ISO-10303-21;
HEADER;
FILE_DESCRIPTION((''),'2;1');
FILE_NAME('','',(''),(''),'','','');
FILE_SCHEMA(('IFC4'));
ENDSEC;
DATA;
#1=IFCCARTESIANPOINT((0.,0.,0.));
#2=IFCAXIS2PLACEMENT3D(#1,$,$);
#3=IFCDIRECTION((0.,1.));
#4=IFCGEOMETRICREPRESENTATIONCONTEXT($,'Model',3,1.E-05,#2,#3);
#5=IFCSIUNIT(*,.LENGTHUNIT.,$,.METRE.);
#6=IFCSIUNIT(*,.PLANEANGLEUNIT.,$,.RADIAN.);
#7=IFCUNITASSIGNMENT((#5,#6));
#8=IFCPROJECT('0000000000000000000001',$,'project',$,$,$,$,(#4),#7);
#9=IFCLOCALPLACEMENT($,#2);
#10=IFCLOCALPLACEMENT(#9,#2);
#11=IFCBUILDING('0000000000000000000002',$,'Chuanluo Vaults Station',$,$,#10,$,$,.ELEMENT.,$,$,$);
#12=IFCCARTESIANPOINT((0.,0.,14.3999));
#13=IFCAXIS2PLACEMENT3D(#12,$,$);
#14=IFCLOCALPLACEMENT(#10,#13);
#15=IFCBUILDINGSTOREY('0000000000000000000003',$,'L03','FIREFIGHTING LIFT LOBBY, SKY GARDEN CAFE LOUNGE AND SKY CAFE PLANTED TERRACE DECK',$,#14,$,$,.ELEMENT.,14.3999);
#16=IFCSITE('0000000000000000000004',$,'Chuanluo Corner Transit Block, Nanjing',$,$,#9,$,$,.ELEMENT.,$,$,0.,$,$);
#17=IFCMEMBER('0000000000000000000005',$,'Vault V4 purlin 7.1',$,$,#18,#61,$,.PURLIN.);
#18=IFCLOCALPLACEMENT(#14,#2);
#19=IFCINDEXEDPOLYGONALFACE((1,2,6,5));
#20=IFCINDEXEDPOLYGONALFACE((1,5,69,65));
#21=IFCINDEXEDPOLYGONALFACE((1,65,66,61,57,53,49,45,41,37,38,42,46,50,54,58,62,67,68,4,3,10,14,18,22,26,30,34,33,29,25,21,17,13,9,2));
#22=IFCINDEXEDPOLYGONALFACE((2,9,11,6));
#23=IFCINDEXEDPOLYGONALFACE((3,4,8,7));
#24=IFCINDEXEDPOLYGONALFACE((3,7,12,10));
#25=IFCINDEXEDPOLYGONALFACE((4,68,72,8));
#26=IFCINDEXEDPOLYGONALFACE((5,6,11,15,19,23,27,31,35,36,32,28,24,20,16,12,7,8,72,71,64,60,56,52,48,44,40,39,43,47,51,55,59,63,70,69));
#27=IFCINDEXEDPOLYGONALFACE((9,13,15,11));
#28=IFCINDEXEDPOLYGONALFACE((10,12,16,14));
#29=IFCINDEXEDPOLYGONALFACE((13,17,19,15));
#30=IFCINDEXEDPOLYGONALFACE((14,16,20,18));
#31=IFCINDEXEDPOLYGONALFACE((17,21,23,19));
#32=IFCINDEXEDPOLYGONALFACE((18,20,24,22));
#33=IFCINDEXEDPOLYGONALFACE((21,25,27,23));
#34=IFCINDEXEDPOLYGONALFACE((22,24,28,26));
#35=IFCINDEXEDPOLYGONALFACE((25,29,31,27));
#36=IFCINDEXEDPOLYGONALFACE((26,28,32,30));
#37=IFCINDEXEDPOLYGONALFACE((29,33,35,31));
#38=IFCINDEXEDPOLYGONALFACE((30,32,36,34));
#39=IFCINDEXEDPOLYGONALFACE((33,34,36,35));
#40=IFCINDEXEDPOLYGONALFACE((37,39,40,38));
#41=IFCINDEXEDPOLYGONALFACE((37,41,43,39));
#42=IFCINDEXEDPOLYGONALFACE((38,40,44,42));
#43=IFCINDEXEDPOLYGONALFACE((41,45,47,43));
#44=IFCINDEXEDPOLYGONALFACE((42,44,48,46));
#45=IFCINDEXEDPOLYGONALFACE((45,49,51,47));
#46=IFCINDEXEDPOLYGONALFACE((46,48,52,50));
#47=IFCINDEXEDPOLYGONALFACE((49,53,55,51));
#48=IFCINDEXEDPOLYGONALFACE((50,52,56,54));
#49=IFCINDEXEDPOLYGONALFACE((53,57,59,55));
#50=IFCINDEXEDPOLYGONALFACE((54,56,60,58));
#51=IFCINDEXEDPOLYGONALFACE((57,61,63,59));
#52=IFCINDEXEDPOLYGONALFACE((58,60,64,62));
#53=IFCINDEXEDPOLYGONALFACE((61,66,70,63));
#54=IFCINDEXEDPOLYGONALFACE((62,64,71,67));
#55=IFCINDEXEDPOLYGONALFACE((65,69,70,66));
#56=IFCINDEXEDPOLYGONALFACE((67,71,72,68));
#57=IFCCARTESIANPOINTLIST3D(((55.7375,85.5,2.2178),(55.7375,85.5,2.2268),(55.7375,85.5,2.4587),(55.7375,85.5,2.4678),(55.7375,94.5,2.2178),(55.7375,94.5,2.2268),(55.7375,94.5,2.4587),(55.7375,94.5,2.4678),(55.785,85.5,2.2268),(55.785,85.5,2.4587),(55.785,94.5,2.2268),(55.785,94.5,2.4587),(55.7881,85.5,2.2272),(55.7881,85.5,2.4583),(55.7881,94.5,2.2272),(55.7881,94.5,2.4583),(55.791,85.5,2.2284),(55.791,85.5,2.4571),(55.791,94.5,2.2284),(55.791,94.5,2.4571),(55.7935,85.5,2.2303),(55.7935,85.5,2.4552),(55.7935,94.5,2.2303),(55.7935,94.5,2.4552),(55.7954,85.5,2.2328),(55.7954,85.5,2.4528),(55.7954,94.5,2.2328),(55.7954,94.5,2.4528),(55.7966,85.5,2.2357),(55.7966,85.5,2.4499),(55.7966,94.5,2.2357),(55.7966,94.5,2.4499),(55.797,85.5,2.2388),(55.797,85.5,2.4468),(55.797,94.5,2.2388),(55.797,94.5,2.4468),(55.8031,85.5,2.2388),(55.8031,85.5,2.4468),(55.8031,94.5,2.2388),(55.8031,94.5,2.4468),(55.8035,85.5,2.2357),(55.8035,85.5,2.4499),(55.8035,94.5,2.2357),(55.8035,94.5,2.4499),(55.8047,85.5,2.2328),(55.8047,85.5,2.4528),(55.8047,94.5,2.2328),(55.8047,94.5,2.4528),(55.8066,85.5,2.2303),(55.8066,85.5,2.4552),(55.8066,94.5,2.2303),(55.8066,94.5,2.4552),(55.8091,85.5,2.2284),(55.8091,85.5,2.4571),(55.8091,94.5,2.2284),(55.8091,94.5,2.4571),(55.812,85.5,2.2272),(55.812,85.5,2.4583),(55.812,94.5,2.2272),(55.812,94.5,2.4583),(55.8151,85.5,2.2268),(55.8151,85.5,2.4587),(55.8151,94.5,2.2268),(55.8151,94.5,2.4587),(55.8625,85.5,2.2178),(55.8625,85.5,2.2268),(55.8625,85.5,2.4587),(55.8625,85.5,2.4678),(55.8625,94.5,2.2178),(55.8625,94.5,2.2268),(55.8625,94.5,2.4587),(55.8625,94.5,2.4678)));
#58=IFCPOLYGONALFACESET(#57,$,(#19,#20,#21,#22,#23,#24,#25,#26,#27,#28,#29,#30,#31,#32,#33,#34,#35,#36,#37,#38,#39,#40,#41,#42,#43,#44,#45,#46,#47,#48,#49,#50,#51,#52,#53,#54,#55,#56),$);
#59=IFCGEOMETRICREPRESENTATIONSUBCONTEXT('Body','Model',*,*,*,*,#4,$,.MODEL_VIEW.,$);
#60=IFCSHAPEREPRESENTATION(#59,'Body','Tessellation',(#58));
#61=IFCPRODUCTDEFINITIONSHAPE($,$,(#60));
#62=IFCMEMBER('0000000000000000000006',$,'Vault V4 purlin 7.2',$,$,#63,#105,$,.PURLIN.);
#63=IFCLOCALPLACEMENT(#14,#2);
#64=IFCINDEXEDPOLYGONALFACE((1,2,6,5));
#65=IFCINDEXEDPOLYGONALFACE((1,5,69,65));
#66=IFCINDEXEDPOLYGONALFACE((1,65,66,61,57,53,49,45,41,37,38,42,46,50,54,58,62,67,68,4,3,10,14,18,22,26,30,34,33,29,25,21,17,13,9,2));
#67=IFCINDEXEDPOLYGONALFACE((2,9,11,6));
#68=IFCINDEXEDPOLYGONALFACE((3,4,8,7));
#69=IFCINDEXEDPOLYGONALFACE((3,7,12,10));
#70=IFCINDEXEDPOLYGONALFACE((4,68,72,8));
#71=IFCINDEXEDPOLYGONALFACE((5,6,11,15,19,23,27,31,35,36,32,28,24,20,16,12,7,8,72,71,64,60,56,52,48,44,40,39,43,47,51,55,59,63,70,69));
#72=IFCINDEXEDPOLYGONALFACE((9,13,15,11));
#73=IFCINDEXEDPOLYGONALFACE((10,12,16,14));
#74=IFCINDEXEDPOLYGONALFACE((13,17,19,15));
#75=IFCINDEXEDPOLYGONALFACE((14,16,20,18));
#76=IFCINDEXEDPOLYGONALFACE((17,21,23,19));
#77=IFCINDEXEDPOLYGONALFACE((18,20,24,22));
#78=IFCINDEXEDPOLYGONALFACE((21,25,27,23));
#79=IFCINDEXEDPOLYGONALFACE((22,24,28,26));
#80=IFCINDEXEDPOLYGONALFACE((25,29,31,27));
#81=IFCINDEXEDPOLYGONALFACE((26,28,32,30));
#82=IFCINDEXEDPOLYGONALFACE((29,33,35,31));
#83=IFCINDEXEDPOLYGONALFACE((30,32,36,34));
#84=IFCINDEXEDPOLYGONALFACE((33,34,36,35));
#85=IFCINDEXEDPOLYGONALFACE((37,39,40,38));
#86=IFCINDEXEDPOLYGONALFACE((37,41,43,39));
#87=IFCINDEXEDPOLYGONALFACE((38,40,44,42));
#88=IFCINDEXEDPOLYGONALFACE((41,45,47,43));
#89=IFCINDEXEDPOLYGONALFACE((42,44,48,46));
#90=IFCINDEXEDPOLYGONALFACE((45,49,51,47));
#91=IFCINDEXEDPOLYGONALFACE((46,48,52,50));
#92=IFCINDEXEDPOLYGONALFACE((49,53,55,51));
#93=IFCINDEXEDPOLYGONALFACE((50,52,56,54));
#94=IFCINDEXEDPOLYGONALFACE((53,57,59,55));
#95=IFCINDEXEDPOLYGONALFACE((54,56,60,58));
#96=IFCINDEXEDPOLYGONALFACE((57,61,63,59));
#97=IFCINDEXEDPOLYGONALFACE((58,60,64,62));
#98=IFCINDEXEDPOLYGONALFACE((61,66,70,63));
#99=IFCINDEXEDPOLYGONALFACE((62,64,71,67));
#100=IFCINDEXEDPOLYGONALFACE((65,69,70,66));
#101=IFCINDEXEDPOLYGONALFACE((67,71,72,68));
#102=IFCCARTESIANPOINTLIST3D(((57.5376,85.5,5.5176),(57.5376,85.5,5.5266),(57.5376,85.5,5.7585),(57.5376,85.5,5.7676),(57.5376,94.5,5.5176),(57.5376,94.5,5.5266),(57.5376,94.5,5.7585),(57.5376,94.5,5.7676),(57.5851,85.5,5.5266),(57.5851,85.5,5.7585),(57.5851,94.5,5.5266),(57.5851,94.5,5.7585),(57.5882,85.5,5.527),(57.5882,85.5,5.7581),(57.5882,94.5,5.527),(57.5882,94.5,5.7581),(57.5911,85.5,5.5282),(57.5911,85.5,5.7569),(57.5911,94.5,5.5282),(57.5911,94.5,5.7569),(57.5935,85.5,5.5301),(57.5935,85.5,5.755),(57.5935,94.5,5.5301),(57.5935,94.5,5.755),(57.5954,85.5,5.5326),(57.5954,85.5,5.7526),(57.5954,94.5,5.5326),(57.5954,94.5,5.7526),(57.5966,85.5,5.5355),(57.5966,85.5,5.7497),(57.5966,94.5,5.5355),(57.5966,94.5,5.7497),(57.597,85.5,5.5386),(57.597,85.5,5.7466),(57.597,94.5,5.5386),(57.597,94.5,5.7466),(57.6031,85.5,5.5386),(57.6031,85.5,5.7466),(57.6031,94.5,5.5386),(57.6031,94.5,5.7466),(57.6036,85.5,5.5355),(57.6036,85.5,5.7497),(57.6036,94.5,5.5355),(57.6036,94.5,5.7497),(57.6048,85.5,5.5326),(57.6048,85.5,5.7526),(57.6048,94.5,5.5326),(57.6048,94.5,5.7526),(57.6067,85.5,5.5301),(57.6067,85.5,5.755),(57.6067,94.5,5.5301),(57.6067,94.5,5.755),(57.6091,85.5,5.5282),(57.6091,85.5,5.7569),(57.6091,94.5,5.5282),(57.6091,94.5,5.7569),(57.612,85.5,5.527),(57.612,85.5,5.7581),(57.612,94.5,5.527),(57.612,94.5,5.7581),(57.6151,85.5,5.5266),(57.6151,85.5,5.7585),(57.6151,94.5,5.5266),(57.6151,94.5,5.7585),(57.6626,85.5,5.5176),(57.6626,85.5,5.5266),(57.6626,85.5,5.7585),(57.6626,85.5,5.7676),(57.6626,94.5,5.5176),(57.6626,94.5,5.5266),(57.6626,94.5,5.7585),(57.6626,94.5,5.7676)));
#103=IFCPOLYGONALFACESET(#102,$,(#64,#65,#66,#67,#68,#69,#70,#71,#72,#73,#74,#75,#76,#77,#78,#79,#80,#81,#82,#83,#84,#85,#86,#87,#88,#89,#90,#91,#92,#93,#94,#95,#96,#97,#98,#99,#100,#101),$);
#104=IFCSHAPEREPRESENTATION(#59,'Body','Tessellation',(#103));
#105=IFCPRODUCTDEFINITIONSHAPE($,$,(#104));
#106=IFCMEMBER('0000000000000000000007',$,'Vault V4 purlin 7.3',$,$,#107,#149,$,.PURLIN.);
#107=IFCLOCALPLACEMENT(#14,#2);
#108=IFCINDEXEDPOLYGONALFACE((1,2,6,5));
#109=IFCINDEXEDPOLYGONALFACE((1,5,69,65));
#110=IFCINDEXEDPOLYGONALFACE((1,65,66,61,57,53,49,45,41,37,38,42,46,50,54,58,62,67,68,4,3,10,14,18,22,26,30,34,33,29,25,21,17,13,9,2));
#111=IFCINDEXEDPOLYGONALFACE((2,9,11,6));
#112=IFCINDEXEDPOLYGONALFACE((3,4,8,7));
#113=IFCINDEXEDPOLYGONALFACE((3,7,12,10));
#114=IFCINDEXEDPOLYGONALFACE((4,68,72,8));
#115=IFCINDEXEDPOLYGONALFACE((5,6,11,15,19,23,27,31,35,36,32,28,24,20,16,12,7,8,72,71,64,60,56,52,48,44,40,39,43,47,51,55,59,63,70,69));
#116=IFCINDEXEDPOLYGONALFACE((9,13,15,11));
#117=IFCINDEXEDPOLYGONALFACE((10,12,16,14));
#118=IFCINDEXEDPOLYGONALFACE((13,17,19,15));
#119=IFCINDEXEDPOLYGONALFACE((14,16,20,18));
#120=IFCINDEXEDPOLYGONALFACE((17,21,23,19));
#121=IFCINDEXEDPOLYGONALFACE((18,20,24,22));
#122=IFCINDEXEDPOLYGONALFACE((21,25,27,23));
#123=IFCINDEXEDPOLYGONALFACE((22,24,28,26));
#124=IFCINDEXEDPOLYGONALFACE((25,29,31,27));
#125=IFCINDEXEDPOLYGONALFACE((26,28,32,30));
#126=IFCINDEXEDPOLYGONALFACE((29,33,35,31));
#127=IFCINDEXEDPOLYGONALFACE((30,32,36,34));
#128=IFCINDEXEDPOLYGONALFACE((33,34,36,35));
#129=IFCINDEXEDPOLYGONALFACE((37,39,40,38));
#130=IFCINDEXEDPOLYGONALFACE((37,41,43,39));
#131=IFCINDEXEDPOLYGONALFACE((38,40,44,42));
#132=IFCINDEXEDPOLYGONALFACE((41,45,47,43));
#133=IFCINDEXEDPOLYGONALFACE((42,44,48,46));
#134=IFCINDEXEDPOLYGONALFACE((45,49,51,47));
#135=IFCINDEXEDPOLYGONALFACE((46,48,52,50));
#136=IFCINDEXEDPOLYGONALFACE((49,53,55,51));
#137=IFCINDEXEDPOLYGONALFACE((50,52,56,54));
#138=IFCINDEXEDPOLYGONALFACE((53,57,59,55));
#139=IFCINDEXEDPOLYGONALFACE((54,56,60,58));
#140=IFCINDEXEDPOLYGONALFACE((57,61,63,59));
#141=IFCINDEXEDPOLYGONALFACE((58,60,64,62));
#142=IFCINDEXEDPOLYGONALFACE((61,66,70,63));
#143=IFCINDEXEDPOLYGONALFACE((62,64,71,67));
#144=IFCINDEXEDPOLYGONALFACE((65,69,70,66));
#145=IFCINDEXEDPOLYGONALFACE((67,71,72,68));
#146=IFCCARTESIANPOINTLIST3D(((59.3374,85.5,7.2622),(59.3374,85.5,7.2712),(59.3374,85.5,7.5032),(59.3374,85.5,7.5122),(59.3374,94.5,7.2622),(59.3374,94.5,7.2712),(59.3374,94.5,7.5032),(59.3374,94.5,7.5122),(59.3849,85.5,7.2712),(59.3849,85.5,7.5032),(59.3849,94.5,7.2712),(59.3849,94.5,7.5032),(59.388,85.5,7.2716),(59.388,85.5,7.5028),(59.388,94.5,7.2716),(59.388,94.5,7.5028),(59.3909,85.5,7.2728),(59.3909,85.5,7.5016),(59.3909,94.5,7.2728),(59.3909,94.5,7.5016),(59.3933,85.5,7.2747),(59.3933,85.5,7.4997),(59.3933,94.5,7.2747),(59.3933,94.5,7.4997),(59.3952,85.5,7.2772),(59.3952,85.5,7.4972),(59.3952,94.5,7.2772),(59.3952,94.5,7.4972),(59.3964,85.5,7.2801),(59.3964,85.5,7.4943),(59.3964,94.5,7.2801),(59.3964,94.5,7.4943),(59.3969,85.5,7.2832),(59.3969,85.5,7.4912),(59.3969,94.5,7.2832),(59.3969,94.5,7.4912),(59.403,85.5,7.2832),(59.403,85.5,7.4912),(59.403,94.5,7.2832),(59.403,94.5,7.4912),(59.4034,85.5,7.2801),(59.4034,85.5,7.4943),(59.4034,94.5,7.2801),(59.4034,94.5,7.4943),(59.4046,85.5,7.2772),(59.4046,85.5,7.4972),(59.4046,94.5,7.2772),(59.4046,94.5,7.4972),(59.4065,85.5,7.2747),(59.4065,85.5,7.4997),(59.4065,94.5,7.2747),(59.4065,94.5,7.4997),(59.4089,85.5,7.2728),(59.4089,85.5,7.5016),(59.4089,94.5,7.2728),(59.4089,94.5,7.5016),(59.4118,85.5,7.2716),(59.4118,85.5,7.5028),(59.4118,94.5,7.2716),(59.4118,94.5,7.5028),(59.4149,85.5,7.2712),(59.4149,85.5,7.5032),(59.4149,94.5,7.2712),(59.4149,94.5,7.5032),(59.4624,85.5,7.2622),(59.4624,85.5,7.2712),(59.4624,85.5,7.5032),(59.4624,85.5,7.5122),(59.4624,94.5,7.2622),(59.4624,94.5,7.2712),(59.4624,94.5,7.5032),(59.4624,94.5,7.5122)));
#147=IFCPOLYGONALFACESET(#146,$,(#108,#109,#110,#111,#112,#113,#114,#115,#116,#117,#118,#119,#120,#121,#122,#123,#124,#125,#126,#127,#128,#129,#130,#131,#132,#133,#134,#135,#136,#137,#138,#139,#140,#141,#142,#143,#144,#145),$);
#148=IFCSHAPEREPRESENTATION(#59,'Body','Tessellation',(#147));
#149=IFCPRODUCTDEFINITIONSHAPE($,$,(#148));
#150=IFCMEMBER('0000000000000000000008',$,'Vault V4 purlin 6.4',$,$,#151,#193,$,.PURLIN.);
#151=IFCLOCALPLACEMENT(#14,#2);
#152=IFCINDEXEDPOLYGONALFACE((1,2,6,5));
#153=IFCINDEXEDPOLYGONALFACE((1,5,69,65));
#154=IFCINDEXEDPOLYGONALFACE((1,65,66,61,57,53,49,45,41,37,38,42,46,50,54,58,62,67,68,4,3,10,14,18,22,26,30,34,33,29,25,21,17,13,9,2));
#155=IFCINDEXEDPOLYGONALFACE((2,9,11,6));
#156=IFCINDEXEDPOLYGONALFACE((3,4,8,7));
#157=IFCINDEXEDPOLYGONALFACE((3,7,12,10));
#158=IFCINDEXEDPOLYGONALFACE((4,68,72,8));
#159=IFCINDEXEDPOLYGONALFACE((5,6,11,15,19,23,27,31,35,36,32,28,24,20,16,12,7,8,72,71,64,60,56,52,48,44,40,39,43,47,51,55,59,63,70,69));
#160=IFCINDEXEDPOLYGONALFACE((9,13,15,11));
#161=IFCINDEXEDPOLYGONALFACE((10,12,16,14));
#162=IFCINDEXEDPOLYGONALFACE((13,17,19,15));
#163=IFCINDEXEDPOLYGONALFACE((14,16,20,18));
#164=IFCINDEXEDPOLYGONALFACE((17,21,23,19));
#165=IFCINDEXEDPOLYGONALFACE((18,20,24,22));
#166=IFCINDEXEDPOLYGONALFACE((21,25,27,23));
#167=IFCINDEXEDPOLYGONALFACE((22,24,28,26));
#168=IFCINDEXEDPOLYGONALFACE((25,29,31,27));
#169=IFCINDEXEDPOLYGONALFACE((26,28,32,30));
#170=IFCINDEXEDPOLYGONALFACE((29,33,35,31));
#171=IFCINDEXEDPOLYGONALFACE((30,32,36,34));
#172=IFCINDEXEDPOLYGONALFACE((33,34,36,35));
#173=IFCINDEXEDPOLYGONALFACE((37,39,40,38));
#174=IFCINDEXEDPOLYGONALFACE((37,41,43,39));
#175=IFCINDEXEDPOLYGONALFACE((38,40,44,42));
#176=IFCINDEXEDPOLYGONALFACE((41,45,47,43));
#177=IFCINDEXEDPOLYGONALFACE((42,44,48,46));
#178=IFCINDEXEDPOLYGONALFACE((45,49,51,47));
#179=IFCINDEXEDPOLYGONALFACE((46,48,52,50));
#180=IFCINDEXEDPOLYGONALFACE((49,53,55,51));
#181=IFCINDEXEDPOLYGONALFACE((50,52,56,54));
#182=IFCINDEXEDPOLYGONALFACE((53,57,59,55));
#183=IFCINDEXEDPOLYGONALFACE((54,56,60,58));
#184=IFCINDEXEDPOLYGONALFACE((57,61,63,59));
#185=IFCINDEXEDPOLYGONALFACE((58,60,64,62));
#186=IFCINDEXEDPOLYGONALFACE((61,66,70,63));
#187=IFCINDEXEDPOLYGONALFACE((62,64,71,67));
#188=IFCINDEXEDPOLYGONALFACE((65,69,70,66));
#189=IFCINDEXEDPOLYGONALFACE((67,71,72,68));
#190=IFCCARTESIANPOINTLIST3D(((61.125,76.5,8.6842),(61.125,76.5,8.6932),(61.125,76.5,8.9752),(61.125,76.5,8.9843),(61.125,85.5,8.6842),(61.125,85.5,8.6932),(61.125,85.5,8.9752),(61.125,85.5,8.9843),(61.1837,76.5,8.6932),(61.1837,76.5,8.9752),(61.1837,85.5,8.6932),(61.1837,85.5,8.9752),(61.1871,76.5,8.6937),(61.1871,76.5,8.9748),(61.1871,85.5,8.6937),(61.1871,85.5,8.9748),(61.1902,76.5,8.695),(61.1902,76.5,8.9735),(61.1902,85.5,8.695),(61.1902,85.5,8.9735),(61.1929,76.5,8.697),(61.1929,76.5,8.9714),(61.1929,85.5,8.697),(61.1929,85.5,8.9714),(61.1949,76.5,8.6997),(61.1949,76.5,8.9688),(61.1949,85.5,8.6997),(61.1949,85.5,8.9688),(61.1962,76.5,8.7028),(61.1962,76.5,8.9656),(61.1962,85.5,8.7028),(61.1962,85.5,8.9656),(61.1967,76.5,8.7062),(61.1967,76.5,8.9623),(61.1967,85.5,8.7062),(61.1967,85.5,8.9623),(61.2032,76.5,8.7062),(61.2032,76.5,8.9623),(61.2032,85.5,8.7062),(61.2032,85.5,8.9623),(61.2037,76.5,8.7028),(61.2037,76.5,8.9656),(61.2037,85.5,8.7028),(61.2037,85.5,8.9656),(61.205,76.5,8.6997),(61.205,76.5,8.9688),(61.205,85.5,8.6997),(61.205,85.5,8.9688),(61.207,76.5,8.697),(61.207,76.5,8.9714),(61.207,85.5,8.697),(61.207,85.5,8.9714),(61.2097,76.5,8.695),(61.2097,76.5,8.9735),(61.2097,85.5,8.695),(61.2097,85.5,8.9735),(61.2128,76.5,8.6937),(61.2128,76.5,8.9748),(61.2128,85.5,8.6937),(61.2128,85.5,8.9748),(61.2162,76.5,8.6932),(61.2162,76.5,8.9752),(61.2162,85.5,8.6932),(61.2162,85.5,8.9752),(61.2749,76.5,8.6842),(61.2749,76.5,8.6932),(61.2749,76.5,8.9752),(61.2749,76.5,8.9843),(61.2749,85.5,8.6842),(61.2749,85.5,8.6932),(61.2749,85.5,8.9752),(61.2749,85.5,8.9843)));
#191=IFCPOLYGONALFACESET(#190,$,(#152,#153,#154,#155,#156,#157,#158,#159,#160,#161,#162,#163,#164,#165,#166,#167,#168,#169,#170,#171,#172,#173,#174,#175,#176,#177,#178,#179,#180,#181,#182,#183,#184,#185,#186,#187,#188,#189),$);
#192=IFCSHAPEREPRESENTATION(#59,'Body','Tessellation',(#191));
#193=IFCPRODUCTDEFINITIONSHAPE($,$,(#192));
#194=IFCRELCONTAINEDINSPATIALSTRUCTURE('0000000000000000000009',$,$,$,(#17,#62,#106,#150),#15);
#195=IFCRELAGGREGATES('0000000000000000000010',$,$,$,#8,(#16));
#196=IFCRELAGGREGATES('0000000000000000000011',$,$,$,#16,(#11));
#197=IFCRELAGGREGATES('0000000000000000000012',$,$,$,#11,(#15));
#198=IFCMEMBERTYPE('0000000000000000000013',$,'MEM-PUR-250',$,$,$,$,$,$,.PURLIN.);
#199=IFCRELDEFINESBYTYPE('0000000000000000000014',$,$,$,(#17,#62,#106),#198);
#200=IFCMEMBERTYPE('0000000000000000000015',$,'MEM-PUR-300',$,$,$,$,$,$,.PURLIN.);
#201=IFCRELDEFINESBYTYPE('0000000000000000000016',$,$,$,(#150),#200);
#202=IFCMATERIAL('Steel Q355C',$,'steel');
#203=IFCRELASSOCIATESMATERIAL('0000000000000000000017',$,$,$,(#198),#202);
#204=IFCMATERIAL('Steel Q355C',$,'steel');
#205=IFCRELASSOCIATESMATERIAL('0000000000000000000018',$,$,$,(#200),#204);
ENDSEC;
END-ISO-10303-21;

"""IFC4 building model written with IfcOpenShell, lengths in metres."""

from ifc_helpers import new_model, si_unit, direction, frame, origin, origin_2d, place, context, subcontext, project, spatial, i_section, extrude, material, material_profile, profile_set, type_object, element, save


model = new_model("IFC4")

# Units and contexts
model_context = context("Model", 3, precision=1e-05, world=origin(), true_north=direction((0.0, 1.0)))
body_context = subcontext(model_context, "Body", "Model", "MODEL_VIEW")
ifc_project = project(units=[si_unit("LENGTHUNIT", "METRE"), si_unit("PLANEANGLEUNIT", "RADIAN")], contexts=[model_context])

# Site, building, storey
site_placement = place(None, origin())
site = spatial("IfcSite", under=ifc_project, at=site_placement, Name="Chuanluo Corner Transit Block, Nanjing", CompositionType="ELEMENT", RefElevation=0.0)
building_placement = place(site_placement, origin())
building = spatial("IfcBuilding", under=site, at=building_placement, Name="Chuanluo Vaults Station", CompositionType="ELEMENT")
storey_placement = place(building_placement, frame((0.0, 0.0, 14.3999)))
storey = spatial("IfcBuildingStorey", under=building, at=storey_placement, Name="L03", Description="FIREFIGHTING LIFT LOBBY, SKY GARDEN CAFE LOUNGE AND SKY CAFE PLANTED TERRACE DECK", CompositionType="ELEMENT", Elevation=14.3999)

# Members
ifc_material_1 = material(Name="Steel Q355C", Category="steel")
ifc_material_profile_1 = material_profile(ifc_material_1, i_section(OverallWidth=0.125, OverallDepth=0.25, WebThickness=0.0061, FlangeThickness=0.009, FilletRadius=0.012, at=origin_2d()))
ifc_profile_set_1 = profile_set([ifc_material_profile_1], Name="Steel Q355C")
member_type_1 = type_object("IfcMemberType", Name="MEM-PUR-250", PredefinedType="PURLIN", material=ifc_profile_set_1)
for number, where, z_axis, x_axis, name in (
    (1, (55.8, 85.5, 2.3428), (0.0, 1.0, 0.0), (-1.0, 0.0, 0.0), "Vault V4 purlin 7.1"),
    (2, (57.6001, 85.5, 5.6426), (0.0, 1.0, 0.0), (-1.0, 0.0, 0.0), "Vault V4 purlin 7.2"),
    (3, (59.3999, 85.5, 7.3872), (0.0, 1.0, 0.0), (-1.0, 0.0, 0.0), "Vault V4 purlin 7.3"),
):
    element("IfcMember", number, at=place(storey_placement, frame(where, z_axis=z_axis, x_axis=x_axis)), inside=storey, type_object=member_type_1, Name=name, PredefinedType="PURLIN", context=body_context, shape_type="SweptSolid", body=[
        extrude(i_section(OverallWidth=0.125, OverallDepth=0.25, WebThickness=0.0061, FlangeThickness=0.009, FilletRadius=0.012, at=origin_2d()), origin(), (0.0, 0.0, 1.0), 9.0),
    ])
ifc_material_2 = material(Name="Steel Q355C", Category="steel")
ifc_material_profile_2 = material_profile(ifc_material_2, i_section(OverallWidth=0.1499, OverallDepth=0.3, WebThickness=0.0066, FlangeThickness=0.009, FilletRadius=0.0129, at=origin_2d()))
ifc_profile_set_2 = profile_set([ifc_material_profile_2], Name="Steel Q355C")
member_type_2 = type_object("IfcMemberType", Name="MEM-PUR-300", PredefinedType="PURLIN", material=ifc_profile_set_2)
for number, where, z_axis, x_axis, name in (
    (4, (61.2, 76.5, 8.8342), (0.0, 1.0, 0.0), (-1.0, 0.0, 0.0), "Vault V4 purlin 6.4"),
):
    element("IfcMember", number, at=place(storey_placement, frame(where, z_axis=z_axis, x_axis=x_axis)), inside=storey, type_object=member_type_2, Name=name, PredefinedType="PURLIN", context=body_context, shape_type="SweptSolid", body=[
        extrude(i_section(OverallWidth=0.1499, OverallDepth=0.3, WebThickness=0.0066, FlangeThickness=0.009, FilletRadius=0.0129, at=origin_2d()), origin(), (0.0, 0.0, 1.0), 9.0),
    ])

save(model, "model.ifc")
